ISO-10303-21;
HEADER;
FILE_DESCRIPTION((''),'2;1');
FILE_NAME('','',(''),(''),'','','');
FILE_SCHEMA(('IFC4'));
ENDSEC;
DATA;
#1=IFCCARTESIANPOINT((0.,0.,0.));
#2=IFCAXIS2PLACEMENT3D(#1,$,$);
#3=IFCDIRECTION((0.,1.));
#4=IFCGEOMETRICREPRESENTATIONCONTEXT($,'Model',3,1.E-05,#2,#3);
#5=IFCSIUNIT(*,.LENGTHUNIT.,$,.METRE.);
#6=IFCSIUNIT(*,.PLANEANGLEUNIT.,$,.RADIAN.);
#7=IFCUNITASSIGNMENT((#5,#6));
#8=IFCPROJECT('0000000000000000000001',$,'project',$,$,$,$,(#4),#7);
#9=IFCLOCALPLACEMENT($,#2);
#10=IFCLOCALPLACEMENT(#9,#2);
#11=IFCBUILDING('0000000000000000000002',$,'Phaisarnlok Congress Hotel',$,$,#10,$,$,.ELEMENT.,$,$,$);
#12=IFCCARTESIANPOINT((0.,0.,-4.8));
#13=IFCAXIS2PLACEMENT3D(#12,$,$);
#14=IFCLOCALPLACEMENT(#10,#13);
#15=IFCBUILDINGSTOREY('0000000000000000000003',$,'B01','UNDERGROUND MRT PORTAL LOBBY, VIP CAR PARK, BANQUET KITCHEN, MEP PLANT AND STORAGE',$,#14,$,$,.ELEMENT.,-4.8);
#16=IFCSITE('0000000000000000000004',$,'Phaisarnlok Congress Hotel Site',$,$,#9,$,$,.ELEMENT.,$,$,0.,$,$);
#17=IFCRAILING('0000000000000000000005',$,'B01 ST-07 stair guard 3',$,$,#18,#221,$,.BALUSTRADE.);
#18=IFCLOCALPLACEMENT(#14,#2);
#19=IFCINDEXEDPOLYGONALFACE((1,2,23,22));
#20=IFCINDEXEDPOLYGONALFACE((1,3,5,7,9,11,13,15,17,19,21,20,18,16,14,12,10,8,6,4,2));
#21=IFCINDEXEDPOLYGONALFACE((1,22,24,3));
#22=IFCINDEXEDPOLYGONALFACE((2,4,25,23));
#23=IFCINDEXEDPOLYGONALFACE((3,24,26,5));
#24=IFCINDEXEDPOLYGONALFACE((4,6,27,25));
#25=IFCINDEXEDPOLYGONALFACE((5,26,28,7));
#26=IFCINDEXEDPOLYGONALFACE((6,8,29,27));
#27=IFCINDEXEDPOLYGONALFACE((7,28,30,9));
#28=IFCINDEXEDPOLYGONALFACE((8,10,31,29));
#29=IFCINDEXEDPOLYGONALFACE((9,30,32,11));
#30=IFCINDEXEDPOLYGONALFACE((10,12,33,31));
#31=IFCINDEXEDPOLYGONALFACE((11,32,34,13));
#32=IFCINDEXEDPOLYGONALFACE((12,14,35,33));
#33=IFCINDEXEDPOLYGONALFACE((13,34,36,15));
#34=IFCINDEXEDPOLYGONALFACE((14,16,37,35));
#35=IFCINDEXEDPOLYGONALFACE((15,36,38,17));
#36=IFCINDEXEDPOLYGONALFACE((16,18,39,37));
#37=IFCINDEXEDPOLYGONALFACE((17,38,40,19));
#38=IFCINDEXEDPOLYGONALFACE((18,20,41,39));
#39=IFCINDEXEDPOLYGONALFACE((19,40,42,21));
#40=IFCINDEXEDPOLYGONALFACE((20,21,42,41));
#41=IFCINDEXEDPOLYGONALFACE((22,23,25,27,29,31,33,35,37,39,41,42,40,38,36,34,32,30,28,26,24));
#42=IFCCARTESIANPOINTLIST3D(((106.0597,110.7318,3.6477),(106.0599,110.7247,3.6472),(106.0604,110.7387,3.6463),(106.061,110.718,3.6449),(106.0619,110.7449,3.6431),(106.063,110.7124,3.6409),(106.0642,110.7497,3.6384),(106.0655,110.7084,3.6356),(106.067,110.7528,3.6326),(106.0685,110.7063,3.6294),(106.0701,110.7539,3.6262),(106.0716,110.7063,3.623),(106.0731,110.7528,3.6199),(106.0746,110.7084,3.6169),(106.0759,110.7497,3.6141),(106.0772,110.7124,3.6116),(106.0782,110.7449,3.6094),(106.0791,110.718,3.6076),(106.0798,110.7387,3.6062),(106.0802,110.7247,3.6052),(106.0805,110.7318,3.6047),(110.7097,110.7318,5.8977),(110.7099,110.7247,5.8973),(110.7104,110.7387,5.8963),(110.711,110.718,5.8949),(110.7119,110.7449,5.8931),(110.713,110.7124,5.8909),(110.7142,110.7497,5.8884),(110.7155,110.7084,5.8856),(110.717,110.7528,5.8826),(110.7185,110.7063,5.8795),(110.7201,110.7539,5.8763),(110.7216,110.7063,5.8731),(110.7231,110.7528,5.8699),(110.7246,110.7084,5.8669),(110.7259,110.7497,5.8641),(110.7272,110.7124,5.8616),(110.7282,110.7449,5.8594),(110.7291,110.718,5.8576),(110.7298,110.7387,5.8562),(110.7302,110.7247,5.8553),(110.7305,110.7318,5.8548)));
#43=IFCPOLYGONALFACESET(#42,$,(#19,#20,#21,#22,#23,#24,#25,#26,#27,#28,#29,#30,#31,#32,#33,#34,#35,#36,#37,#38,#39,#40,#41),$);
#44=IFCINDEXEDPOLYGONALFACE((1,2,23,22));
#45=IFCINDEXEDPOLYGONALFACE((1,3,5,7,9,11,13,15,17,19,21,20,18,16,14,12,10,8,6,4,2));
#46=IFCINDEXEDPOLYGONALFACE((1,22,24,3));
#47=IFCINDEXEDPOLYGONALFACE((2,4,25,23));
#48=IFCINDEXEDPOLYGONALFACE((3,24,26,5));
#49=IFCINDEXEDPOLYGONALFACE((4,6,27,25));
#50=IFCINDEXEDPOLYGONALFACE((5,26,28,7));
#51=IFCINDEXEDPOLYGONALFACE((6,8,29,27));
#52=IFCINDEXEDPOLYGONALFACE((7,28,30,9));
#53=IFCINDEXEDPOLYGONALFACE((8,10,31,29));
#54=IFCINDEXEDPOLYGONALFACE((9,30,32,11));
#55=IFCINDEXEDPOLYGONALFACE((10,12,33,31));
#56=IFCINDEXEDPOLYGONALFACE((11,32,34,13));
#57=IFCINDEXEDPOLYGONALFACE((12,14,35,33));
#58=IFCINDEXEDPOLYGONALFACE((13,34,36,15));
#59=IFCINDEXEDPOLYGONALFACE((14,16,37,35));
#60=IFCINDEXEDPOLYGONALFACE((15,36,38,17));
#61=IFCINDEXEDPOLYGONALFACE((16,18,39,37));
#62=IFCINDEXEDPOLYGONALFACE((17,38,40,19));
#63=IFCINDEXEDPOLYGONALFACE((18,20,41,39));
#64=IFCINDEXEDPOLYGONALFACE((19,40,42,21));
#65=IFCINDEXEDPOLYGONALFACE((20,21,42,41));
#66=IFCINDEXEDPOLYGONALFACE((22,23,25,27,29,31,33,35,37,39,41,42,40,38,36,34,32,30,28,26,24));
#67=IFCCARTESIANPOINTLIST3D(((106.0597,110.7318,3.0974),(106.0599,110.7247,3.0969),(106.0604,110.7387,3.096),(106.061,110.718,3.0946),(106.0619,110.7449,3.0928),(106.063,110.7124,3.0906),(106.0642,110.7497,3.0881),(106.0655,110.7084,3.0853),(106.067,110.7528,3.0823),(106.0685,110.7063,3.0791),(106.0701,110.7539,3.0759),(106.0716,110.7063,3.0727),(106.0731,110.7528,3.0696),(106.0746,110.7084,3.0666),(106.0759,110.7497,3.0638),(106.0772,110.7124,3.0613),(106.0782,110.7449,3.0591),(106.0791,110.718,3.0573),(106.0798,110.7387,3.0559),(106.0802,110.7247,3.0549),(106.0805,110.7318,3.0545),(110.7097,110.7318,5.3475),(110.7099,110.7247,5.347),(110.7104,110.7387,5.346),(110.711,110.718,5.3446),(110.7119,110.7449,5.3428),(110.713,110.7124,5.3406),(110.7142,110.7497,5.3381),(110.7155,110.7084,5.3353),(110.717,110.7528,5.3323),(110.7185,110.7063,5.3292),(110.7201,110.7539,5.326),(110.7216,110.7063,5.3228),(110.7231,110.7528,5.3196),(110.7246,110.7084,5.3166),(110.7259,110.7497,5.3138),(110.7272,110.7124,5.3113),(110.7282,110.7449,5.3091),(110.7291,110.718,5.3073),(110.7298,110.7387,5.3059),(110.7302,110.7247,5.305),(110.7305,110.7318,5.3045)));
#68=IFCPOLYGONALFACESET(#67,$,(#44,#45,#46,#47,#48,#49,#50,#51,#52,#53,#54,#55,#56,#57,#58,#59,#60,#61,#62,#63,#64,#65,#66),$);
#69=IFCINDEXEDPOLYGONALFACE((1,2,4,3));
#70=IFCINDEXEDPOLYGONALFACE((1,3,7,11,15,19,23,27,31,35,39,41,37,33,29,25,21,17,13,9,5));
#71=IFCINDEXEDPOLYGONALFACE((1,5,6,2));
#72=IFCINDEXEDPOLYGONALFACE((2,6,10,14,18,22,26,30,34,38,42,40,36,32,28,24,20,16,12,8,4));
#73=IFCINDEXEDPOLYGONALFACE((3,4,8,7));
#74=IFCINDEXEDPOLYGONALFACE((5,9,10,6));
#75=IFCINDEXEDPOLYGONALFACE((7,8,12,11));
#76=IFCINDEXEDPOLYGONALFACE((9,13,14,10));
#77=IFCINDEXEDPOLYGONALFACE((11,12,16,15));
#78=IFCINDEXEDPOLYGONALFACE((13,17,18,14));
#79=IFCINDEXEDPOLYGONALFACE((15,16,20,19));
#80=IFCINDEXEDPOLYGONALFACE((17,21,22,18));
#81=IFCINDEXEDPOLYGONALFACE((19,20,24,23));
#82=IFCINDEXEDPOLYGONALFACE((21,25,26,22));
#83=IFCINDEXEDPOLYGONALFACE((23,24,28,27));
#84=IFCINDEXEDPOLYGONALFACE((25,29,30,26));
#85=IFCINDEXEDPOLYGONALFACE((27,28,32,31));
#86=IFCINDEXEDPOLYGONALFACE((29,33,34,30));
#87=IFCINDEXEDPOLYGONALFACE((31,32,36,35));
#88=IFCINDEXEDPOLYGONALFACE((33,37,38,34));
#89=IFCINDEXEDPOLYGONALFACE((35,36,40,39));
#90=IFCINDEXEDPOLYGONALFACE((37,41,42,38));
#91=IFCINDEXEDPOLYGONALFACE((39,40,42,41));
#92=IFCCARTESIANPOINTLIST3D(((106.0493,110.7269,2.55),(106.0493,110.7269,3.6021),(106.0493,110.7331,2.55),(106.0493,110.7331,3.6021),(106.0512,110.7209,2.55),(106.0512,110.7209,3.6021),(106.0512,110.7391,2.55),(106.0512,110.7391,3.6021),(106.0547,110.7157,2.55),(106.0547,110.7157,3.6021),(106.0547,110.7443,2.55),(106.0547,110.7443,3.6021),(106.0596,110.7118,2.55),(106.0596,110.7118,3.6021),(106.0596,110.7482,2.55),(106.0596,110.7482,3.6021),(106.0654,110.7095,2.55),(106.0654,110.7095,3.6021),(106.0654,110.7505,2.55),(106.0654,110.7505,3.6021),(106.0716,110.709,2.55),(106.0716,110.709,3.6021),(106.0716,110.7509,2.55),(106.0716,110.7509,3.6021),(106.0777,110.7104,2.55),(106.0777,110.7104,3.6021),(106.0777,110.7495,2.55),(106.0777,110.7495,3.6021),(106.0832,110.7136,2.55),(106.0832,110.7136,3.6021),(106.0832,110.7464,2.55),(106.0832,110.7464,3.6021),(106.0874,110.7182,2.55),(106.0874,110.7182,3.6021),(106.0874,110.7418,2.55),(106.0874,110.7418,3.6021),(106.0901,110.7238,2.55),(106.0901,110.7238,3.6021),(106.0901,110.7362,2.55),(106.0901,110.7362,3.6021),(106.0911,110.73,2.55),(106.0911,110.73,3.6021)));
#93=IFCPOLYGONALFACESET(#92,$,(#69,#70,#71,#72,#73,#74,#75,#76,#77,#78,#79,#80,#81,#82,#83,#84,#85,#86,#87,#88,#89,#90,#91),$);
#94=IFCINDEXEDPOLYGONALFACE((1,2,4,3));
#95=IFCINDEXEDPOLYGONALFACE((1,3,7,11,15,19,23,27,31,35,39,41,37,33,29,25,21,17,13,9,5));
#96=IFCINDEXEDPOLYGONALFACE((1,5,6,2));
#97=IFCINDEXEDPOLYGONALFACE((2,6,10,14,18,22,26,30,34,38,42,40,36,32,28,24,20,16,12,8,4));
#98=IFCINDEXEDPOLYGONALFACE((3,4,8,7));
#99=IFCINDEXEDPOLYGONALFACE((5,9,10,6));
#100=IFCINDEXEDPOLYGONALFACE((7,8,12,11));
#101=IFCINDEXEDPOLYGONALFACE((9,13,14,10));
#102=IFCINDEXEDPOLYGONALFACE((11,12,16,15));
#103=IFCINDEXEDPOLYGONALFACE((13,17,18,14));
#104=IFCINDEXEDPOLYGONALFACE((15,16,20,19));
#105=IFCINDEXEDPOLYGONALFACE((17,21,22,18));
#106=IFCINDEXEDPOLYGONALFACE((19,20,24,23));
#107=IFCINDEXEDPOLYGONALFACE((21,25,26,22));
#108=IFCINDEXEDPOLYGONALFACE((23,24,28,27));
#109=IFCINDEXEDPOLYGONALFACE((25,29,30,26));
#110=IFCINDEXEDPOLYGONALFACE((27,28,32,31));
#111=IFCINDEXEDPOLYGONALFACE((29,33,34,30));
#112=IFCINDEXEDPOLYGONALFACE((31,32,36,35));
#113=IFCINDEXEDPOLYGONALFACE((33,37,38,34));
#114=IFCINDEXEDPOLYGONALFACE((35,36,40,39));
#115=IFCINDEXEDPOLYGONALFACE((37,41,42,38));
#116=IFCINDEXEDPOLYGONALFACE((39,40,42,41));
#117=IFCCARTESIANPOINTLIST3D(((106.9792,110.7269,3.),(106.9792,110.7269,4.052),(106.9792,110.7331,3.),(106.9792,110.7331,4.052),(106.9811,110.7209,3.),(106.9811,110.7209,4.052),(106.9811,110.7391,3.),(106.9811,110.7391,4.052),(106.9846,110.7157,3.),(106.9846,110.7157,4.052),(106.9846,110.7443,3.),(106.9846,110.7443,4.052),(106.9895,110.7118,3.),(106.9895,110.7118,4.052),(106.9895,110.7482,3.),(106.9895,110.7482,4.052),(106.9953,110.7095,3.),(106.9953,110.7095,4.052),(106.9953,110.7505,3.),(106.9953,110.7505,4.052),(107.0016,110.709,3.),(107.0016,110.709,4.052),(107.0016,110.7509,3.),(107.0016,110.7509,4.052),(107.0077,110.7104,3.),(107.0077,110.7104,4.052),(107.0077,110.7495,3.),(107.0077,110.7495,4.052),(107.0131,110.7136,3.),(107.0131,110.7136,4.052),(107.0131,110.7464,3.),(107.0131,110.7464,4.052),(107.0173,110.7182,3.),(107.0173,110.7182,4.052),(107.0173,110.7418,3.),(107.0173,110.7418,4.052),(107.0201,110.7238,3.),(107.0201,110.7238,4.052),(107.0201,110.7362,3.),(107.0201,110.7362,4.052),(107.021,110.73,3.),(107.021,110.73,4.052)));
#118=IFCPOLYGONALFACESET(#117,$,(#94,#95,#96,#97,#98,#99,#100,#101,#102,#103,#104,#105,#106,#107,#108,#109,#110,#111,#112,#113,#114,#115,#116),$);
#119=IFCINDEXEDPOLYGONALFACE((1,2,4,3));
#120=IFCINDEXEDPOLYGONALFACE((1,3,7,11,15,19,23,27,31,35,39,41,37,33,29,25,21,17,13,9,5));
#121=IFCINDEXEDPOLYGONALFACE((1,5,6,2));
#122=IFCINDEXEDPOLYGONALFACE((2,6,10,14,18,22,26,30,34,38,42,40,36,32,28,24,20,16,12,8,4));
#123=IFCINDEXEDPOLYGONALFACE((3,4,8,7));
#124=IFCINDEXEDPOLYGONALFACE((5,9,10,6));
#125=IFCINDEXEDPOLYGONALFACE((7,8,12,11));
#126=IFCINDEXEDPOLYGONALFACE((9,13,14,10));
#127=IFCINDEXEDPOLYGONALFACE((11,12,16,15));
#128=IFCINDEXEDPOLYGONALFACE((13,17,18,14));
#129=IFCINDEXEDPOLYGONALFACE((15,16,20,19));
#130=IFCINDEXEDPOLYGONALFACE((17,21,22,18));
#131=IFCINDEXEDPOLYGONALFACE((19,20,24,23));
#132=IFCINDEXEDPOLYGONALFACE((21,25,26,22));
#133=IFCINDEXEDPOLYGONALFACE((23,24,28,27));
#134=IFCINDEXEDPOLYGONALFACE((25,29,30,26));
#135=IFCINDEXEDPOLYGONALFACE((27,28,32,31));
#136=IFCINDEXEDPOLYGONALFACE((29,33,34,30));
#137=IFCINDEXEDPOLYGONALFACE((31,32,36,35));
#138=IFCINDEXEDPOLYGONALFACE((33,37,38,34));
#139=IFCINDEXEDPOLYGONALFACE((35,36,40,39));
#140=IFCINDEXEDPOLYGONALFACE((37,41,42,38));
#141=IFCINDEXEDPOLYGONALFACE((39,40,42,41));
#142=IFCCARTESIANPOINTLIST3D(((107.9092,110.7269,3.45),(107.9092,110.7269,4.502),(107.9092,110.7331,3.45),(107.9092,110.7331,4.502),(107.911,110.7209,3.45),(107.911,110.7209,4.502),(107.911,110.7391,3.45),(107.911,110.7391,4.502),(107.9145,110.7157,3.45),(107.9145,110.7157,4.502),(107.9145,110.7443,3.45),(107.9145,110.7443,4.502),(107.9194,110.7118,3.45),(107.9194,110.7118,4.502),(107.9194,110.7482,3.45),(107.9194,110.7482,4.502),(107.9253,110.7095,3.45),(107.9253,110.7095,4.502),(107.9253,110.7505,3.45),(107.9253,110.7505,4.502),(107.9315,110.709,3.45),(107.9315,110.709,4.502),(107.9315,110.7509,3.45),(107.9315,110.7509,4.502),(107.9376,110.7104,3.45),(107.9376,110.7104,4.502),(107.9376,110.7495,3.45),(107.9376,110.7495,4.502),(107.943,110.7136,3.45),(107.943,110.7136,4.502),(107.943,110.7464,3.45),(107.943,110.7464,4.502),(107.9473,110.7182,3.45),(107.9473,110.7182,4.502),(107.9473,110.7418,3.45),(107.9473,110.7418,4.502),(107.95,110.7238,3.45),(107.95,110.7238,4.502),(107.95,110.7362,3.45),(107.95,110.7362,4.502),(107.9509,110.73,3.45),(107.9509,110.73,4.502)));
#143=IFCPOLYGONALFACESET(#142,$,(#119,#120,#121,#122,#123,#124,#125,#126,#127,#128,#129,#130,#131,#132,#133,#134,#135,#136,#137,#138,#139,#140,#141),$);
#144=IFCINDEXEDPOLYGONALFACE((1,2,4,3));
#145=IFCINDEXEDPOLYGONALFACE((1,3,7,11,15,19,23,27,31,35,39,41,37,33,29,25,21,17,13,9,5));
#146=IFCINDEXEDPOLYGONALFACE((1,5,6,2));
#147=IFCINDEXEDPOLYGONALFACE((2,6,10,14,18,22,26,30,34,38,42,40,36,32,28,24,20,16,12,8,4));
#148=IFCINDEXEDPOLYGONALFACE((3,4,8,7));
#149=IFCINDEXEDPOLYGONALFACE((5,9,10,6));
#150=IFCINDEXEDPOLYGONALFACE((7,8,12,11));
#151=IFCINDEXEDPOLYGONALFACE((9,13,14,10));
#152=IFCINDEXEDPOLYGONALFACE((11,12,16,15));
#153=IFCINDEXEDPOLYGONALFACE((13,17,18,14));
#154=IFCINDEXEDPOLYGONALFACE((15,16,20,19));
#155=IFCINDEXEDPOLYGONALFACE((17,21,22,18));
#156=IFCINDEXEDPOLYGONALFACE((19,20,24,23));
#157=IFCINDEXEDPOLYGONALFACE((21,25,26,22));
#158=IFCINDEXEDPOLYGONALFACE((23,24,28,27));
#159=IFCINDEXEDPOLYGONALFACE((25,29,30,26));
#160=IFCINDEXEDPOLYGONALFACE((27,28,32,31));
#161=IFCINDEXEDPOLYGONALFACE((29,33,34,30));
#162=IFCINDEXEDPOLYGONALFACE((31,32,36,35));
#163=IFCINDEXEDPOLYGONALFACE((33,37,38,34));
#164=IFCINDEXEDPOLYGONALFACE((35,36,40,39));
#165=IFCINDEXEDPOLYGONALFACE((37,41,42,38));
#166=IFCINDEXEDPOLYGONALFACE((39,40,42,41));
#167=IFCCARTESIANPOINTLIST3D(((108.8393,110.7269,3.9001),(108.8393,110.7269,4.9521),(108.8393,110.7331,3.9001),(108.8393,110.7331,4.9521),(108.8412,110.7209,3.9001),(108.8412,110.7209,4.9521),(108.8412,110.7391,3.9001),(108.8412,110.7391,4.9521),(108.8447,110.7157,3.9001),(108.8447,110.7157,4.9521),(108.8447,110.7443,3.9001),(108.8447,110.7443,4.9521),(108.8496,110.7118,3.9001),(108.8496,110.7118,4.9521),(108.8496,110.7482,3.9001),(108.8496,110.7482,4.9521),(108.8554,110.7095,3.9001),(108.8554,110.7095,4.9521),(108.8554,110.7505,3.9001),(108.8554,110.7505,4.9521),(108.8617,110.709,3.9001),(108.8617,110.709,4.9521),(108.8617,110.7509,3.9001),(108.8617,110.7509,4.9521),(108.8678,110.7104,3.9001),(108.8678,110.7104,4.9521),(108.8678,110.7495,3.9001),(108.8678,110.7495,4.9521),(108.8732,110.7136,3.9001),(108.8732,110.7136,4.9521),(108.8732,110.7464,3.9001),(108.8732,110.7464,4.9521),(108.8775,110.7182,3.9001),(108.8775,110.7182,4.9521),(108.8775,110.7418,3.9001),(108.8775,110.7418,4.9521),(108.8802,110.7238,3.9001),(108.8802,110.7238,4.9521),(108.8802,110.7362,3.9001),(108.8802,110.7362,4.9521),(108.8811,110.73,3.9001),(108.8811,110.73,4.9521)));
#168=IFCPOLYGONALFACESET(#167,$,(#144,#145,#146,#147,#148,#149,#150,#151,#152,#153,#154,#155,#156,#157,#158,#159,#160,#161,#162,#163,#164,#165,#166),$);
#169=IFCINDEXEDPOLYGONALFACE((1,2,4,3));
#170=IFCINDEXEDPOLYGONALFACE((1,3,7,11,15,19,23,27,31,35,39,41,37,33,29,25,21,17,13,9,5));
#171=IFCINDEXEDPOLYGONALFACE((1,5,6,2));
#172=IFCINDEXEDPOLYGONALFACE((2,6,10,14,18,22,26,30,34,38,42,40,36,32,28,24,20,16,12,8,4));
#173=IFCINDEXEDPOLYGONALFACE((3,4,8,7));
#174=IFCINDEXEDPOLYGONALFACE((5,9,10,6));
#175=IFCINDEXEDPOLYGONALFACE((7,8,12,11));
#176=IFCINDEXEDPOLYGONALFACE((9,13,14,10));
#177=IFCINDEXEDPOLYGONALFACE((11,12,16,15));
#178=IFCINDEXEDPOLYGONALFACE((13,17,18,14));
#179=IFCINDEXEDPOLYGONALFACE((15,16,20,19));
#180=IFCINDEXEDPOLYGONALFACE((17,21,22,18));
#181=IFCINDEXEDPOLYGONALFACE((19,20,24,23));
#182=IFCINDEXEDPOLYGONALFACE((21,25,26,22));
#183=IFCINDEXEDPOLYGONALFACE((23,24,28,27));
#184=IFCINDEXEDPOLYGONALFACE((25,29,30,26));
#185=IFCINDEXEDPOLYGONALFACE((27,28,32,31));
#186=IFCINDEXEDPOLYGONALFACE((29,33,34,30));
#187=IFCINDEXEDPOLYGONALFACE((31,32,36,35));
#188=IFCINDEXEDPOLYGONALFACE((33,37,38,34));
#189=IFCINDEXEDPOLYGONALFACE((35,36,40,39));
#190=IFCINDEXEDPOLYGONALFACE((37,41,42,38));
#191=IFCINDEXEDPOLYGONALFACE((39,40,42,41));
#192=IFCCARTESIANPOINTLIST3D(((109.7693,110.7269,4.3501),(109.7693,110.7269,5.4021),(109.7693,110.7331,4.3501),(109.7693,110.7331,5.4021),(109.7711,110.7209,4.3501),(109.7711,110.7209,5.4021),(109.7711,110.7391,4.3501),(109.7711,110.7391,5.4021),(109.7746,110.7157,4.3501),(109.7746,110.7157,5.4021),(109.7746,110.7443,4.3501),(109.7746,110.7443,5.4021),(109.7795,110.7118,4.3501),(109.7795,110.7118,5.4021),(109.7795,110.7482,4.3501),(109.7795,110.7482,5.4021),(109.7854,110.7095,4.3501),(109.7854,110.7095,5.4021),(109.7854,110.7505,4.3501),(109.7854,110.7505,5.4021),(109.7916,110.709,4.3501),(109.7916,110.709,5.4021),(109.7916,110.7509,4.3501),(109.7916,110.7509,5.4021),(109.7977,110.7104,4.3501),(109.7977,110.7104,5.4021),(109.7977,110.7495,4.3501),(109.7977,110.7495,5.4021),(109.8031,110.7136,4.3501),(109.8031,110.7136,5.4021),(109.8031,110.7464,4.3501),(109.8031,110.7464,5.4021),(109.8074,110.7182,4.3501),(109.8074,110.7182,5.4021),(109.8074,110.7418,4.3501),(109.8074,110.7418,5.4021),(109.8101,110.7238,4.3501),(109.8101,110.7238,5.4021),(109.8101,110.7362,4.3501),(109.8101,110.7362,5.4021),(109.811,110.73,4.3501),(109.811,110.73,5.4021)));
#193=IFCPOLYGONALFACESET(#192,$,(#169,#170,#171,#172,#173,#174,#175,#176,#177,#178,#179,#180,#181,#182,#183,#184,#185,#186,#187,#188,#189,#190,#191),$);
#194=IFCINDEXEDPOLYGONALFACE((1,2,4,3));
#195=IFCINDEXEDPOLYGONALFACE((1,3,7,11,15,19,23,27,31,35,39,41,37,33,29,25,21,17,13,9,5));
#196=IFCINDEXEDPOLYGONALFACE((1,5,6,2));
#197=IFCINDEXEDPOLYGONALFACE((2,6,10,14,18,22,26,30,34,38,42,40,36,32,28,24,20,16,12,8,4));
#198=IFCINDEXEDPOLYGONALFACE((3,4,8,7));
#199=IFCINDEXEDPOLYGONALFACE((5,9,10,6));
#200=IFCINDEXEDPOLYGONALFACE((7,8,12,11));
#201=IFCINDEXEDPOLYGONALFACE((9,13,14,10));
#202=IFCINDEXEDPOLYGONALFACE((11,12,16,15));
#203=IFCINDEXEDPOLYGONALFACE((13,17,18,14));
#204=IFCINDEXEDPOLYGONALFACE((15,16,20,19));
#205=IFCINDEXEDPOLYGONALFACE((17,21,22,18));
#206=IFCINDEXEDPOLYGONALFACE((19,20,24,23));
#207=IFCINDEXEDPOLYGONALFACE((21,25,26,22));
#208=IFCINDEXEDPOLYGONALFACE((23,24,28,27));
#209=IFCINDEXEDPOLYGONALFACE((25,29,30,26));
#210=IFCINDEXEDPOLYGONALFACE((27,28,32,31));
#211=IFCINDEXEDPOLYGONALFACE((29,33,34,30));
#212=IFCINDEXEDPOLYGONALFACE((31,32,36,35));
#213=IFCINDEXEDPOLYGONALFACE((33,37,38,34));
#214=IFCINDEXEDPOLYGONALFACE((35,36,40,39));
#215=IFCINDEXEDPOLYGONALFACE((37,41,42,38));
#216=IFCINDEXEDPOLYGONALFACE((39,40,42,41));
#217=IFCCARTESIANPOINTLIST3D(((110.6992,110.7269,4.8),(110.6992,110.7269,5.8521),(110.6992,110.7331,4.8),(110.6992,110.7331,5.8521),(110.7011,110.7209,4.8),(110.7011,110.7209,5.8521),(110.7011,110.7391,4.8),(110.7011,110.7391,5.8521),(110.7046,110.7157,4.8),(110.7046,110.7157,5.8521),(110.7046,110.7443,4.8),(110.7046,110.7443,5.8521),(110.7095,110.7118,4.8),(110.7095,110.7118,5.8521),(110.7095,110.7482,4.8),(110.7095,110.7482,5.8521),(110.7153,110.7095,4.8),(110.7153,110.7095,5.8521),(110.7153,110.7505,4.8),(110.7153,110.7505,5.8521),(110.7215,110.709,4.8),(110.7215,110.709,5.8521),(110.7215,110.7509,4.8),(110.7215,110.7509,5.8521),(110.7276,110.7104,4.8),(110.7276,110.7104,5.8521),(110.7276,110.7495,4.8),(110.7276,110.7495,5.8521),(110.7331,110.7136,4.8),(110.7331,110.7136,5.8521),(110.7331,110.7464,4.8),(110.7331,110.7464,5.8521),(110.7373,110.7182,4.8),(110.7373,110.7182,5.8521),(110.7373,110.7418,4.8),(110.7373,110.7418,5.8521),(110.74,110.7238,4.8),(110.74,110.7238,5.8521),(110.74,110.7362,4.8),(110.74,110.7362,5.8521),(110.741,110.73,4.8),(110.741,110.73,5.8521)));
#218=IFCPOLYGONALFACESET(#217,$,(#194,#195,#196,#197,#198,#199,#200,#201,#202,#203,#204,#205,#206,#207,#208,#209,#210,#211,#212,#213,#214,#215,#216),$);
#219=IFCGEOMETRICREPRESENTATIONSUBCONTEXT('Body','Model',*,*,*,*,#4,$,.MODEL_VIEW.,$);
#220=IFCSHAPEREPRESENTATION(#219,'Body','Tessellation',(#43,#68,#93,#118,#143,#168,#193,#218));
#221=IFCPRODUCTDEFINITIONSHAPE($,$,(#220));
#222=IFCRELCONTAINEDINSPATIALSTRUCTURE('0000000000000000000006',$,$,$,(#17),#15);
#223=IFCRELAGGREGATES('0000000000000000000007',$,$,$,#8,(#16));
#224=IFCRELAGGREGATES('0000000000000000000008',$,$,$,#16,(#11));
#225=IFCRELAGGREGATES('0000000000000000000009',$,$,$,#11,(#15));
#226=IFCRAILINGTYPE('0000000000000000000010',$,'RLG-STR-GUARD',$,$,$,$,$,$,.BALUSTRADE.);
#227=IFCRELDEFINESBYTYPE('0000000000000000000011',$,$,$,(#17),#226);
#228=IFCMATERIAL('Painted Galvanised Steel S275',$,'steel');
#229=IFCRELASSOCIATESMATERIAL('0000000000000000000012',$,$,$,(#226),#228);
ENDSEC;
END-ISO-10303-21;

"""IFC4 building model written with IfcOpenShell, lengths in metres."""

from ifc_helpers import new_model, si_unit, direction, frame, origin, origin_2d, place, context, subcontext, project, spatial, circle, extrude, material, type_object, element, save


model = new_model("IFC4")

# Units and contexts
model_context = context("Model", 3, precision=1e-05, world=origin(), true_north=direction((0.0, 1.0)))
body_context = subcontext(model_context, "Body", "Model", "MODEL_VIEW")
ifc_project = project(units=[si_unit("LENGTHUNIT", "METRE"), si_unit("PLANEANGLEUNIT", "RADIAN")], contexts=[model_context])

# Site, building, storey
site_placement = place(None, origin())
site = spatial("IfcSite", under=ifc_project, at=site_placement, Name="Phaisarnlok Congress Hotel Site", CompositionType="ELEMENT", RefElevation=0.0)
building_placement = place(site_placement, origin())
building = spatial("IfcBuilding", under=site, at=building_placement, Name="Phaisarnlok Congress Hotel", CompositionType="ELEMENT")
storey_placement = place(building_placement, frame((0.0, 0.0, -4.8)))
storey = spatial("IfcBuildingStorey", under=building, at=storey_placement, Name="B01", Description="UNDERGROUND MRT PORTAL LOBBY, VIP CAR PARK, BANQUET KITCHEN, MEP PLANT AND STORAGE", CompositionType="ELEMENT", Elevation=-4.8)

# Railing
ifc_material_1 = material(Name="Painted Galvanised Steel S275", Category="steel")
railing_type_1 = type_object("IfcRailingType", Name="RLG-STR-GUARD", PredefinedType="BALUSTRADE", material=ifc_material_1)
railing_1_placement = place(storey_placement, frame((106.0701, 110.73, 2.55)))
element("IfcRailing", 1, at=railing_1_placement, inside=storey, type_object=railing_type_1, Name="B01 ST-07 stair guard 3", PredefinedType="BALUSTRADE", context=body_context, shape_type="SweptSolid", body=[
    extrude(circle(Radius=0.0239, at=origin_2d()), frame((0.0, 0.0, 1.0762), z_axis=(0.900156, 0.0, 0.435568), x_axis=(0.0, 1.0, 0.0)), (0.0, 0.0, 1.0), 5.1658),
    extrude(circle(Radius=0.0239, at=origin_2d()), frame((0.0, 0.0, 0.5259), z_axis=(0.900156, 0.0, 0.435568), x_axis=(0.0, 1.0, 0.0)), (0.0, 0.0, 1.0), 5.1658),
    extrude(circle(Radius=0.021, at=origin_2d()), origin(), (0.0, 0.0, 1.0), 1.052),
    extrude(circle(Radius=0.021, at=origin_2d()), frame((0.9299, 0.0, 0.45)), (0.0, 0.0, 1.0), 1.052),
    extrude(circle(Radius=0.021, at=origin_2d()), frame((1.8599, 0.0, 0.8999)), (0.0, 0.0, 1.0), 1.052),
    extrude(circle(Radius=0.021, at=origin_2d()), frame((2.79, 0.0, 1.3501)), (0.0, 0.0, 1.0), 1.052),
    extrude(circle(Radius=0.021, at=origin_2d()), frame((3.72, 0.0, 1.8)), (0.0, 0.0, 1.0), 1.052),
    extrude(circle(Radius=0.021, at=origin_2d()), frame((4.6499, 0.0, 2.25)), (0.0, 0.0, 1.0), 1.052),
])

save(model, "model.ifc")
